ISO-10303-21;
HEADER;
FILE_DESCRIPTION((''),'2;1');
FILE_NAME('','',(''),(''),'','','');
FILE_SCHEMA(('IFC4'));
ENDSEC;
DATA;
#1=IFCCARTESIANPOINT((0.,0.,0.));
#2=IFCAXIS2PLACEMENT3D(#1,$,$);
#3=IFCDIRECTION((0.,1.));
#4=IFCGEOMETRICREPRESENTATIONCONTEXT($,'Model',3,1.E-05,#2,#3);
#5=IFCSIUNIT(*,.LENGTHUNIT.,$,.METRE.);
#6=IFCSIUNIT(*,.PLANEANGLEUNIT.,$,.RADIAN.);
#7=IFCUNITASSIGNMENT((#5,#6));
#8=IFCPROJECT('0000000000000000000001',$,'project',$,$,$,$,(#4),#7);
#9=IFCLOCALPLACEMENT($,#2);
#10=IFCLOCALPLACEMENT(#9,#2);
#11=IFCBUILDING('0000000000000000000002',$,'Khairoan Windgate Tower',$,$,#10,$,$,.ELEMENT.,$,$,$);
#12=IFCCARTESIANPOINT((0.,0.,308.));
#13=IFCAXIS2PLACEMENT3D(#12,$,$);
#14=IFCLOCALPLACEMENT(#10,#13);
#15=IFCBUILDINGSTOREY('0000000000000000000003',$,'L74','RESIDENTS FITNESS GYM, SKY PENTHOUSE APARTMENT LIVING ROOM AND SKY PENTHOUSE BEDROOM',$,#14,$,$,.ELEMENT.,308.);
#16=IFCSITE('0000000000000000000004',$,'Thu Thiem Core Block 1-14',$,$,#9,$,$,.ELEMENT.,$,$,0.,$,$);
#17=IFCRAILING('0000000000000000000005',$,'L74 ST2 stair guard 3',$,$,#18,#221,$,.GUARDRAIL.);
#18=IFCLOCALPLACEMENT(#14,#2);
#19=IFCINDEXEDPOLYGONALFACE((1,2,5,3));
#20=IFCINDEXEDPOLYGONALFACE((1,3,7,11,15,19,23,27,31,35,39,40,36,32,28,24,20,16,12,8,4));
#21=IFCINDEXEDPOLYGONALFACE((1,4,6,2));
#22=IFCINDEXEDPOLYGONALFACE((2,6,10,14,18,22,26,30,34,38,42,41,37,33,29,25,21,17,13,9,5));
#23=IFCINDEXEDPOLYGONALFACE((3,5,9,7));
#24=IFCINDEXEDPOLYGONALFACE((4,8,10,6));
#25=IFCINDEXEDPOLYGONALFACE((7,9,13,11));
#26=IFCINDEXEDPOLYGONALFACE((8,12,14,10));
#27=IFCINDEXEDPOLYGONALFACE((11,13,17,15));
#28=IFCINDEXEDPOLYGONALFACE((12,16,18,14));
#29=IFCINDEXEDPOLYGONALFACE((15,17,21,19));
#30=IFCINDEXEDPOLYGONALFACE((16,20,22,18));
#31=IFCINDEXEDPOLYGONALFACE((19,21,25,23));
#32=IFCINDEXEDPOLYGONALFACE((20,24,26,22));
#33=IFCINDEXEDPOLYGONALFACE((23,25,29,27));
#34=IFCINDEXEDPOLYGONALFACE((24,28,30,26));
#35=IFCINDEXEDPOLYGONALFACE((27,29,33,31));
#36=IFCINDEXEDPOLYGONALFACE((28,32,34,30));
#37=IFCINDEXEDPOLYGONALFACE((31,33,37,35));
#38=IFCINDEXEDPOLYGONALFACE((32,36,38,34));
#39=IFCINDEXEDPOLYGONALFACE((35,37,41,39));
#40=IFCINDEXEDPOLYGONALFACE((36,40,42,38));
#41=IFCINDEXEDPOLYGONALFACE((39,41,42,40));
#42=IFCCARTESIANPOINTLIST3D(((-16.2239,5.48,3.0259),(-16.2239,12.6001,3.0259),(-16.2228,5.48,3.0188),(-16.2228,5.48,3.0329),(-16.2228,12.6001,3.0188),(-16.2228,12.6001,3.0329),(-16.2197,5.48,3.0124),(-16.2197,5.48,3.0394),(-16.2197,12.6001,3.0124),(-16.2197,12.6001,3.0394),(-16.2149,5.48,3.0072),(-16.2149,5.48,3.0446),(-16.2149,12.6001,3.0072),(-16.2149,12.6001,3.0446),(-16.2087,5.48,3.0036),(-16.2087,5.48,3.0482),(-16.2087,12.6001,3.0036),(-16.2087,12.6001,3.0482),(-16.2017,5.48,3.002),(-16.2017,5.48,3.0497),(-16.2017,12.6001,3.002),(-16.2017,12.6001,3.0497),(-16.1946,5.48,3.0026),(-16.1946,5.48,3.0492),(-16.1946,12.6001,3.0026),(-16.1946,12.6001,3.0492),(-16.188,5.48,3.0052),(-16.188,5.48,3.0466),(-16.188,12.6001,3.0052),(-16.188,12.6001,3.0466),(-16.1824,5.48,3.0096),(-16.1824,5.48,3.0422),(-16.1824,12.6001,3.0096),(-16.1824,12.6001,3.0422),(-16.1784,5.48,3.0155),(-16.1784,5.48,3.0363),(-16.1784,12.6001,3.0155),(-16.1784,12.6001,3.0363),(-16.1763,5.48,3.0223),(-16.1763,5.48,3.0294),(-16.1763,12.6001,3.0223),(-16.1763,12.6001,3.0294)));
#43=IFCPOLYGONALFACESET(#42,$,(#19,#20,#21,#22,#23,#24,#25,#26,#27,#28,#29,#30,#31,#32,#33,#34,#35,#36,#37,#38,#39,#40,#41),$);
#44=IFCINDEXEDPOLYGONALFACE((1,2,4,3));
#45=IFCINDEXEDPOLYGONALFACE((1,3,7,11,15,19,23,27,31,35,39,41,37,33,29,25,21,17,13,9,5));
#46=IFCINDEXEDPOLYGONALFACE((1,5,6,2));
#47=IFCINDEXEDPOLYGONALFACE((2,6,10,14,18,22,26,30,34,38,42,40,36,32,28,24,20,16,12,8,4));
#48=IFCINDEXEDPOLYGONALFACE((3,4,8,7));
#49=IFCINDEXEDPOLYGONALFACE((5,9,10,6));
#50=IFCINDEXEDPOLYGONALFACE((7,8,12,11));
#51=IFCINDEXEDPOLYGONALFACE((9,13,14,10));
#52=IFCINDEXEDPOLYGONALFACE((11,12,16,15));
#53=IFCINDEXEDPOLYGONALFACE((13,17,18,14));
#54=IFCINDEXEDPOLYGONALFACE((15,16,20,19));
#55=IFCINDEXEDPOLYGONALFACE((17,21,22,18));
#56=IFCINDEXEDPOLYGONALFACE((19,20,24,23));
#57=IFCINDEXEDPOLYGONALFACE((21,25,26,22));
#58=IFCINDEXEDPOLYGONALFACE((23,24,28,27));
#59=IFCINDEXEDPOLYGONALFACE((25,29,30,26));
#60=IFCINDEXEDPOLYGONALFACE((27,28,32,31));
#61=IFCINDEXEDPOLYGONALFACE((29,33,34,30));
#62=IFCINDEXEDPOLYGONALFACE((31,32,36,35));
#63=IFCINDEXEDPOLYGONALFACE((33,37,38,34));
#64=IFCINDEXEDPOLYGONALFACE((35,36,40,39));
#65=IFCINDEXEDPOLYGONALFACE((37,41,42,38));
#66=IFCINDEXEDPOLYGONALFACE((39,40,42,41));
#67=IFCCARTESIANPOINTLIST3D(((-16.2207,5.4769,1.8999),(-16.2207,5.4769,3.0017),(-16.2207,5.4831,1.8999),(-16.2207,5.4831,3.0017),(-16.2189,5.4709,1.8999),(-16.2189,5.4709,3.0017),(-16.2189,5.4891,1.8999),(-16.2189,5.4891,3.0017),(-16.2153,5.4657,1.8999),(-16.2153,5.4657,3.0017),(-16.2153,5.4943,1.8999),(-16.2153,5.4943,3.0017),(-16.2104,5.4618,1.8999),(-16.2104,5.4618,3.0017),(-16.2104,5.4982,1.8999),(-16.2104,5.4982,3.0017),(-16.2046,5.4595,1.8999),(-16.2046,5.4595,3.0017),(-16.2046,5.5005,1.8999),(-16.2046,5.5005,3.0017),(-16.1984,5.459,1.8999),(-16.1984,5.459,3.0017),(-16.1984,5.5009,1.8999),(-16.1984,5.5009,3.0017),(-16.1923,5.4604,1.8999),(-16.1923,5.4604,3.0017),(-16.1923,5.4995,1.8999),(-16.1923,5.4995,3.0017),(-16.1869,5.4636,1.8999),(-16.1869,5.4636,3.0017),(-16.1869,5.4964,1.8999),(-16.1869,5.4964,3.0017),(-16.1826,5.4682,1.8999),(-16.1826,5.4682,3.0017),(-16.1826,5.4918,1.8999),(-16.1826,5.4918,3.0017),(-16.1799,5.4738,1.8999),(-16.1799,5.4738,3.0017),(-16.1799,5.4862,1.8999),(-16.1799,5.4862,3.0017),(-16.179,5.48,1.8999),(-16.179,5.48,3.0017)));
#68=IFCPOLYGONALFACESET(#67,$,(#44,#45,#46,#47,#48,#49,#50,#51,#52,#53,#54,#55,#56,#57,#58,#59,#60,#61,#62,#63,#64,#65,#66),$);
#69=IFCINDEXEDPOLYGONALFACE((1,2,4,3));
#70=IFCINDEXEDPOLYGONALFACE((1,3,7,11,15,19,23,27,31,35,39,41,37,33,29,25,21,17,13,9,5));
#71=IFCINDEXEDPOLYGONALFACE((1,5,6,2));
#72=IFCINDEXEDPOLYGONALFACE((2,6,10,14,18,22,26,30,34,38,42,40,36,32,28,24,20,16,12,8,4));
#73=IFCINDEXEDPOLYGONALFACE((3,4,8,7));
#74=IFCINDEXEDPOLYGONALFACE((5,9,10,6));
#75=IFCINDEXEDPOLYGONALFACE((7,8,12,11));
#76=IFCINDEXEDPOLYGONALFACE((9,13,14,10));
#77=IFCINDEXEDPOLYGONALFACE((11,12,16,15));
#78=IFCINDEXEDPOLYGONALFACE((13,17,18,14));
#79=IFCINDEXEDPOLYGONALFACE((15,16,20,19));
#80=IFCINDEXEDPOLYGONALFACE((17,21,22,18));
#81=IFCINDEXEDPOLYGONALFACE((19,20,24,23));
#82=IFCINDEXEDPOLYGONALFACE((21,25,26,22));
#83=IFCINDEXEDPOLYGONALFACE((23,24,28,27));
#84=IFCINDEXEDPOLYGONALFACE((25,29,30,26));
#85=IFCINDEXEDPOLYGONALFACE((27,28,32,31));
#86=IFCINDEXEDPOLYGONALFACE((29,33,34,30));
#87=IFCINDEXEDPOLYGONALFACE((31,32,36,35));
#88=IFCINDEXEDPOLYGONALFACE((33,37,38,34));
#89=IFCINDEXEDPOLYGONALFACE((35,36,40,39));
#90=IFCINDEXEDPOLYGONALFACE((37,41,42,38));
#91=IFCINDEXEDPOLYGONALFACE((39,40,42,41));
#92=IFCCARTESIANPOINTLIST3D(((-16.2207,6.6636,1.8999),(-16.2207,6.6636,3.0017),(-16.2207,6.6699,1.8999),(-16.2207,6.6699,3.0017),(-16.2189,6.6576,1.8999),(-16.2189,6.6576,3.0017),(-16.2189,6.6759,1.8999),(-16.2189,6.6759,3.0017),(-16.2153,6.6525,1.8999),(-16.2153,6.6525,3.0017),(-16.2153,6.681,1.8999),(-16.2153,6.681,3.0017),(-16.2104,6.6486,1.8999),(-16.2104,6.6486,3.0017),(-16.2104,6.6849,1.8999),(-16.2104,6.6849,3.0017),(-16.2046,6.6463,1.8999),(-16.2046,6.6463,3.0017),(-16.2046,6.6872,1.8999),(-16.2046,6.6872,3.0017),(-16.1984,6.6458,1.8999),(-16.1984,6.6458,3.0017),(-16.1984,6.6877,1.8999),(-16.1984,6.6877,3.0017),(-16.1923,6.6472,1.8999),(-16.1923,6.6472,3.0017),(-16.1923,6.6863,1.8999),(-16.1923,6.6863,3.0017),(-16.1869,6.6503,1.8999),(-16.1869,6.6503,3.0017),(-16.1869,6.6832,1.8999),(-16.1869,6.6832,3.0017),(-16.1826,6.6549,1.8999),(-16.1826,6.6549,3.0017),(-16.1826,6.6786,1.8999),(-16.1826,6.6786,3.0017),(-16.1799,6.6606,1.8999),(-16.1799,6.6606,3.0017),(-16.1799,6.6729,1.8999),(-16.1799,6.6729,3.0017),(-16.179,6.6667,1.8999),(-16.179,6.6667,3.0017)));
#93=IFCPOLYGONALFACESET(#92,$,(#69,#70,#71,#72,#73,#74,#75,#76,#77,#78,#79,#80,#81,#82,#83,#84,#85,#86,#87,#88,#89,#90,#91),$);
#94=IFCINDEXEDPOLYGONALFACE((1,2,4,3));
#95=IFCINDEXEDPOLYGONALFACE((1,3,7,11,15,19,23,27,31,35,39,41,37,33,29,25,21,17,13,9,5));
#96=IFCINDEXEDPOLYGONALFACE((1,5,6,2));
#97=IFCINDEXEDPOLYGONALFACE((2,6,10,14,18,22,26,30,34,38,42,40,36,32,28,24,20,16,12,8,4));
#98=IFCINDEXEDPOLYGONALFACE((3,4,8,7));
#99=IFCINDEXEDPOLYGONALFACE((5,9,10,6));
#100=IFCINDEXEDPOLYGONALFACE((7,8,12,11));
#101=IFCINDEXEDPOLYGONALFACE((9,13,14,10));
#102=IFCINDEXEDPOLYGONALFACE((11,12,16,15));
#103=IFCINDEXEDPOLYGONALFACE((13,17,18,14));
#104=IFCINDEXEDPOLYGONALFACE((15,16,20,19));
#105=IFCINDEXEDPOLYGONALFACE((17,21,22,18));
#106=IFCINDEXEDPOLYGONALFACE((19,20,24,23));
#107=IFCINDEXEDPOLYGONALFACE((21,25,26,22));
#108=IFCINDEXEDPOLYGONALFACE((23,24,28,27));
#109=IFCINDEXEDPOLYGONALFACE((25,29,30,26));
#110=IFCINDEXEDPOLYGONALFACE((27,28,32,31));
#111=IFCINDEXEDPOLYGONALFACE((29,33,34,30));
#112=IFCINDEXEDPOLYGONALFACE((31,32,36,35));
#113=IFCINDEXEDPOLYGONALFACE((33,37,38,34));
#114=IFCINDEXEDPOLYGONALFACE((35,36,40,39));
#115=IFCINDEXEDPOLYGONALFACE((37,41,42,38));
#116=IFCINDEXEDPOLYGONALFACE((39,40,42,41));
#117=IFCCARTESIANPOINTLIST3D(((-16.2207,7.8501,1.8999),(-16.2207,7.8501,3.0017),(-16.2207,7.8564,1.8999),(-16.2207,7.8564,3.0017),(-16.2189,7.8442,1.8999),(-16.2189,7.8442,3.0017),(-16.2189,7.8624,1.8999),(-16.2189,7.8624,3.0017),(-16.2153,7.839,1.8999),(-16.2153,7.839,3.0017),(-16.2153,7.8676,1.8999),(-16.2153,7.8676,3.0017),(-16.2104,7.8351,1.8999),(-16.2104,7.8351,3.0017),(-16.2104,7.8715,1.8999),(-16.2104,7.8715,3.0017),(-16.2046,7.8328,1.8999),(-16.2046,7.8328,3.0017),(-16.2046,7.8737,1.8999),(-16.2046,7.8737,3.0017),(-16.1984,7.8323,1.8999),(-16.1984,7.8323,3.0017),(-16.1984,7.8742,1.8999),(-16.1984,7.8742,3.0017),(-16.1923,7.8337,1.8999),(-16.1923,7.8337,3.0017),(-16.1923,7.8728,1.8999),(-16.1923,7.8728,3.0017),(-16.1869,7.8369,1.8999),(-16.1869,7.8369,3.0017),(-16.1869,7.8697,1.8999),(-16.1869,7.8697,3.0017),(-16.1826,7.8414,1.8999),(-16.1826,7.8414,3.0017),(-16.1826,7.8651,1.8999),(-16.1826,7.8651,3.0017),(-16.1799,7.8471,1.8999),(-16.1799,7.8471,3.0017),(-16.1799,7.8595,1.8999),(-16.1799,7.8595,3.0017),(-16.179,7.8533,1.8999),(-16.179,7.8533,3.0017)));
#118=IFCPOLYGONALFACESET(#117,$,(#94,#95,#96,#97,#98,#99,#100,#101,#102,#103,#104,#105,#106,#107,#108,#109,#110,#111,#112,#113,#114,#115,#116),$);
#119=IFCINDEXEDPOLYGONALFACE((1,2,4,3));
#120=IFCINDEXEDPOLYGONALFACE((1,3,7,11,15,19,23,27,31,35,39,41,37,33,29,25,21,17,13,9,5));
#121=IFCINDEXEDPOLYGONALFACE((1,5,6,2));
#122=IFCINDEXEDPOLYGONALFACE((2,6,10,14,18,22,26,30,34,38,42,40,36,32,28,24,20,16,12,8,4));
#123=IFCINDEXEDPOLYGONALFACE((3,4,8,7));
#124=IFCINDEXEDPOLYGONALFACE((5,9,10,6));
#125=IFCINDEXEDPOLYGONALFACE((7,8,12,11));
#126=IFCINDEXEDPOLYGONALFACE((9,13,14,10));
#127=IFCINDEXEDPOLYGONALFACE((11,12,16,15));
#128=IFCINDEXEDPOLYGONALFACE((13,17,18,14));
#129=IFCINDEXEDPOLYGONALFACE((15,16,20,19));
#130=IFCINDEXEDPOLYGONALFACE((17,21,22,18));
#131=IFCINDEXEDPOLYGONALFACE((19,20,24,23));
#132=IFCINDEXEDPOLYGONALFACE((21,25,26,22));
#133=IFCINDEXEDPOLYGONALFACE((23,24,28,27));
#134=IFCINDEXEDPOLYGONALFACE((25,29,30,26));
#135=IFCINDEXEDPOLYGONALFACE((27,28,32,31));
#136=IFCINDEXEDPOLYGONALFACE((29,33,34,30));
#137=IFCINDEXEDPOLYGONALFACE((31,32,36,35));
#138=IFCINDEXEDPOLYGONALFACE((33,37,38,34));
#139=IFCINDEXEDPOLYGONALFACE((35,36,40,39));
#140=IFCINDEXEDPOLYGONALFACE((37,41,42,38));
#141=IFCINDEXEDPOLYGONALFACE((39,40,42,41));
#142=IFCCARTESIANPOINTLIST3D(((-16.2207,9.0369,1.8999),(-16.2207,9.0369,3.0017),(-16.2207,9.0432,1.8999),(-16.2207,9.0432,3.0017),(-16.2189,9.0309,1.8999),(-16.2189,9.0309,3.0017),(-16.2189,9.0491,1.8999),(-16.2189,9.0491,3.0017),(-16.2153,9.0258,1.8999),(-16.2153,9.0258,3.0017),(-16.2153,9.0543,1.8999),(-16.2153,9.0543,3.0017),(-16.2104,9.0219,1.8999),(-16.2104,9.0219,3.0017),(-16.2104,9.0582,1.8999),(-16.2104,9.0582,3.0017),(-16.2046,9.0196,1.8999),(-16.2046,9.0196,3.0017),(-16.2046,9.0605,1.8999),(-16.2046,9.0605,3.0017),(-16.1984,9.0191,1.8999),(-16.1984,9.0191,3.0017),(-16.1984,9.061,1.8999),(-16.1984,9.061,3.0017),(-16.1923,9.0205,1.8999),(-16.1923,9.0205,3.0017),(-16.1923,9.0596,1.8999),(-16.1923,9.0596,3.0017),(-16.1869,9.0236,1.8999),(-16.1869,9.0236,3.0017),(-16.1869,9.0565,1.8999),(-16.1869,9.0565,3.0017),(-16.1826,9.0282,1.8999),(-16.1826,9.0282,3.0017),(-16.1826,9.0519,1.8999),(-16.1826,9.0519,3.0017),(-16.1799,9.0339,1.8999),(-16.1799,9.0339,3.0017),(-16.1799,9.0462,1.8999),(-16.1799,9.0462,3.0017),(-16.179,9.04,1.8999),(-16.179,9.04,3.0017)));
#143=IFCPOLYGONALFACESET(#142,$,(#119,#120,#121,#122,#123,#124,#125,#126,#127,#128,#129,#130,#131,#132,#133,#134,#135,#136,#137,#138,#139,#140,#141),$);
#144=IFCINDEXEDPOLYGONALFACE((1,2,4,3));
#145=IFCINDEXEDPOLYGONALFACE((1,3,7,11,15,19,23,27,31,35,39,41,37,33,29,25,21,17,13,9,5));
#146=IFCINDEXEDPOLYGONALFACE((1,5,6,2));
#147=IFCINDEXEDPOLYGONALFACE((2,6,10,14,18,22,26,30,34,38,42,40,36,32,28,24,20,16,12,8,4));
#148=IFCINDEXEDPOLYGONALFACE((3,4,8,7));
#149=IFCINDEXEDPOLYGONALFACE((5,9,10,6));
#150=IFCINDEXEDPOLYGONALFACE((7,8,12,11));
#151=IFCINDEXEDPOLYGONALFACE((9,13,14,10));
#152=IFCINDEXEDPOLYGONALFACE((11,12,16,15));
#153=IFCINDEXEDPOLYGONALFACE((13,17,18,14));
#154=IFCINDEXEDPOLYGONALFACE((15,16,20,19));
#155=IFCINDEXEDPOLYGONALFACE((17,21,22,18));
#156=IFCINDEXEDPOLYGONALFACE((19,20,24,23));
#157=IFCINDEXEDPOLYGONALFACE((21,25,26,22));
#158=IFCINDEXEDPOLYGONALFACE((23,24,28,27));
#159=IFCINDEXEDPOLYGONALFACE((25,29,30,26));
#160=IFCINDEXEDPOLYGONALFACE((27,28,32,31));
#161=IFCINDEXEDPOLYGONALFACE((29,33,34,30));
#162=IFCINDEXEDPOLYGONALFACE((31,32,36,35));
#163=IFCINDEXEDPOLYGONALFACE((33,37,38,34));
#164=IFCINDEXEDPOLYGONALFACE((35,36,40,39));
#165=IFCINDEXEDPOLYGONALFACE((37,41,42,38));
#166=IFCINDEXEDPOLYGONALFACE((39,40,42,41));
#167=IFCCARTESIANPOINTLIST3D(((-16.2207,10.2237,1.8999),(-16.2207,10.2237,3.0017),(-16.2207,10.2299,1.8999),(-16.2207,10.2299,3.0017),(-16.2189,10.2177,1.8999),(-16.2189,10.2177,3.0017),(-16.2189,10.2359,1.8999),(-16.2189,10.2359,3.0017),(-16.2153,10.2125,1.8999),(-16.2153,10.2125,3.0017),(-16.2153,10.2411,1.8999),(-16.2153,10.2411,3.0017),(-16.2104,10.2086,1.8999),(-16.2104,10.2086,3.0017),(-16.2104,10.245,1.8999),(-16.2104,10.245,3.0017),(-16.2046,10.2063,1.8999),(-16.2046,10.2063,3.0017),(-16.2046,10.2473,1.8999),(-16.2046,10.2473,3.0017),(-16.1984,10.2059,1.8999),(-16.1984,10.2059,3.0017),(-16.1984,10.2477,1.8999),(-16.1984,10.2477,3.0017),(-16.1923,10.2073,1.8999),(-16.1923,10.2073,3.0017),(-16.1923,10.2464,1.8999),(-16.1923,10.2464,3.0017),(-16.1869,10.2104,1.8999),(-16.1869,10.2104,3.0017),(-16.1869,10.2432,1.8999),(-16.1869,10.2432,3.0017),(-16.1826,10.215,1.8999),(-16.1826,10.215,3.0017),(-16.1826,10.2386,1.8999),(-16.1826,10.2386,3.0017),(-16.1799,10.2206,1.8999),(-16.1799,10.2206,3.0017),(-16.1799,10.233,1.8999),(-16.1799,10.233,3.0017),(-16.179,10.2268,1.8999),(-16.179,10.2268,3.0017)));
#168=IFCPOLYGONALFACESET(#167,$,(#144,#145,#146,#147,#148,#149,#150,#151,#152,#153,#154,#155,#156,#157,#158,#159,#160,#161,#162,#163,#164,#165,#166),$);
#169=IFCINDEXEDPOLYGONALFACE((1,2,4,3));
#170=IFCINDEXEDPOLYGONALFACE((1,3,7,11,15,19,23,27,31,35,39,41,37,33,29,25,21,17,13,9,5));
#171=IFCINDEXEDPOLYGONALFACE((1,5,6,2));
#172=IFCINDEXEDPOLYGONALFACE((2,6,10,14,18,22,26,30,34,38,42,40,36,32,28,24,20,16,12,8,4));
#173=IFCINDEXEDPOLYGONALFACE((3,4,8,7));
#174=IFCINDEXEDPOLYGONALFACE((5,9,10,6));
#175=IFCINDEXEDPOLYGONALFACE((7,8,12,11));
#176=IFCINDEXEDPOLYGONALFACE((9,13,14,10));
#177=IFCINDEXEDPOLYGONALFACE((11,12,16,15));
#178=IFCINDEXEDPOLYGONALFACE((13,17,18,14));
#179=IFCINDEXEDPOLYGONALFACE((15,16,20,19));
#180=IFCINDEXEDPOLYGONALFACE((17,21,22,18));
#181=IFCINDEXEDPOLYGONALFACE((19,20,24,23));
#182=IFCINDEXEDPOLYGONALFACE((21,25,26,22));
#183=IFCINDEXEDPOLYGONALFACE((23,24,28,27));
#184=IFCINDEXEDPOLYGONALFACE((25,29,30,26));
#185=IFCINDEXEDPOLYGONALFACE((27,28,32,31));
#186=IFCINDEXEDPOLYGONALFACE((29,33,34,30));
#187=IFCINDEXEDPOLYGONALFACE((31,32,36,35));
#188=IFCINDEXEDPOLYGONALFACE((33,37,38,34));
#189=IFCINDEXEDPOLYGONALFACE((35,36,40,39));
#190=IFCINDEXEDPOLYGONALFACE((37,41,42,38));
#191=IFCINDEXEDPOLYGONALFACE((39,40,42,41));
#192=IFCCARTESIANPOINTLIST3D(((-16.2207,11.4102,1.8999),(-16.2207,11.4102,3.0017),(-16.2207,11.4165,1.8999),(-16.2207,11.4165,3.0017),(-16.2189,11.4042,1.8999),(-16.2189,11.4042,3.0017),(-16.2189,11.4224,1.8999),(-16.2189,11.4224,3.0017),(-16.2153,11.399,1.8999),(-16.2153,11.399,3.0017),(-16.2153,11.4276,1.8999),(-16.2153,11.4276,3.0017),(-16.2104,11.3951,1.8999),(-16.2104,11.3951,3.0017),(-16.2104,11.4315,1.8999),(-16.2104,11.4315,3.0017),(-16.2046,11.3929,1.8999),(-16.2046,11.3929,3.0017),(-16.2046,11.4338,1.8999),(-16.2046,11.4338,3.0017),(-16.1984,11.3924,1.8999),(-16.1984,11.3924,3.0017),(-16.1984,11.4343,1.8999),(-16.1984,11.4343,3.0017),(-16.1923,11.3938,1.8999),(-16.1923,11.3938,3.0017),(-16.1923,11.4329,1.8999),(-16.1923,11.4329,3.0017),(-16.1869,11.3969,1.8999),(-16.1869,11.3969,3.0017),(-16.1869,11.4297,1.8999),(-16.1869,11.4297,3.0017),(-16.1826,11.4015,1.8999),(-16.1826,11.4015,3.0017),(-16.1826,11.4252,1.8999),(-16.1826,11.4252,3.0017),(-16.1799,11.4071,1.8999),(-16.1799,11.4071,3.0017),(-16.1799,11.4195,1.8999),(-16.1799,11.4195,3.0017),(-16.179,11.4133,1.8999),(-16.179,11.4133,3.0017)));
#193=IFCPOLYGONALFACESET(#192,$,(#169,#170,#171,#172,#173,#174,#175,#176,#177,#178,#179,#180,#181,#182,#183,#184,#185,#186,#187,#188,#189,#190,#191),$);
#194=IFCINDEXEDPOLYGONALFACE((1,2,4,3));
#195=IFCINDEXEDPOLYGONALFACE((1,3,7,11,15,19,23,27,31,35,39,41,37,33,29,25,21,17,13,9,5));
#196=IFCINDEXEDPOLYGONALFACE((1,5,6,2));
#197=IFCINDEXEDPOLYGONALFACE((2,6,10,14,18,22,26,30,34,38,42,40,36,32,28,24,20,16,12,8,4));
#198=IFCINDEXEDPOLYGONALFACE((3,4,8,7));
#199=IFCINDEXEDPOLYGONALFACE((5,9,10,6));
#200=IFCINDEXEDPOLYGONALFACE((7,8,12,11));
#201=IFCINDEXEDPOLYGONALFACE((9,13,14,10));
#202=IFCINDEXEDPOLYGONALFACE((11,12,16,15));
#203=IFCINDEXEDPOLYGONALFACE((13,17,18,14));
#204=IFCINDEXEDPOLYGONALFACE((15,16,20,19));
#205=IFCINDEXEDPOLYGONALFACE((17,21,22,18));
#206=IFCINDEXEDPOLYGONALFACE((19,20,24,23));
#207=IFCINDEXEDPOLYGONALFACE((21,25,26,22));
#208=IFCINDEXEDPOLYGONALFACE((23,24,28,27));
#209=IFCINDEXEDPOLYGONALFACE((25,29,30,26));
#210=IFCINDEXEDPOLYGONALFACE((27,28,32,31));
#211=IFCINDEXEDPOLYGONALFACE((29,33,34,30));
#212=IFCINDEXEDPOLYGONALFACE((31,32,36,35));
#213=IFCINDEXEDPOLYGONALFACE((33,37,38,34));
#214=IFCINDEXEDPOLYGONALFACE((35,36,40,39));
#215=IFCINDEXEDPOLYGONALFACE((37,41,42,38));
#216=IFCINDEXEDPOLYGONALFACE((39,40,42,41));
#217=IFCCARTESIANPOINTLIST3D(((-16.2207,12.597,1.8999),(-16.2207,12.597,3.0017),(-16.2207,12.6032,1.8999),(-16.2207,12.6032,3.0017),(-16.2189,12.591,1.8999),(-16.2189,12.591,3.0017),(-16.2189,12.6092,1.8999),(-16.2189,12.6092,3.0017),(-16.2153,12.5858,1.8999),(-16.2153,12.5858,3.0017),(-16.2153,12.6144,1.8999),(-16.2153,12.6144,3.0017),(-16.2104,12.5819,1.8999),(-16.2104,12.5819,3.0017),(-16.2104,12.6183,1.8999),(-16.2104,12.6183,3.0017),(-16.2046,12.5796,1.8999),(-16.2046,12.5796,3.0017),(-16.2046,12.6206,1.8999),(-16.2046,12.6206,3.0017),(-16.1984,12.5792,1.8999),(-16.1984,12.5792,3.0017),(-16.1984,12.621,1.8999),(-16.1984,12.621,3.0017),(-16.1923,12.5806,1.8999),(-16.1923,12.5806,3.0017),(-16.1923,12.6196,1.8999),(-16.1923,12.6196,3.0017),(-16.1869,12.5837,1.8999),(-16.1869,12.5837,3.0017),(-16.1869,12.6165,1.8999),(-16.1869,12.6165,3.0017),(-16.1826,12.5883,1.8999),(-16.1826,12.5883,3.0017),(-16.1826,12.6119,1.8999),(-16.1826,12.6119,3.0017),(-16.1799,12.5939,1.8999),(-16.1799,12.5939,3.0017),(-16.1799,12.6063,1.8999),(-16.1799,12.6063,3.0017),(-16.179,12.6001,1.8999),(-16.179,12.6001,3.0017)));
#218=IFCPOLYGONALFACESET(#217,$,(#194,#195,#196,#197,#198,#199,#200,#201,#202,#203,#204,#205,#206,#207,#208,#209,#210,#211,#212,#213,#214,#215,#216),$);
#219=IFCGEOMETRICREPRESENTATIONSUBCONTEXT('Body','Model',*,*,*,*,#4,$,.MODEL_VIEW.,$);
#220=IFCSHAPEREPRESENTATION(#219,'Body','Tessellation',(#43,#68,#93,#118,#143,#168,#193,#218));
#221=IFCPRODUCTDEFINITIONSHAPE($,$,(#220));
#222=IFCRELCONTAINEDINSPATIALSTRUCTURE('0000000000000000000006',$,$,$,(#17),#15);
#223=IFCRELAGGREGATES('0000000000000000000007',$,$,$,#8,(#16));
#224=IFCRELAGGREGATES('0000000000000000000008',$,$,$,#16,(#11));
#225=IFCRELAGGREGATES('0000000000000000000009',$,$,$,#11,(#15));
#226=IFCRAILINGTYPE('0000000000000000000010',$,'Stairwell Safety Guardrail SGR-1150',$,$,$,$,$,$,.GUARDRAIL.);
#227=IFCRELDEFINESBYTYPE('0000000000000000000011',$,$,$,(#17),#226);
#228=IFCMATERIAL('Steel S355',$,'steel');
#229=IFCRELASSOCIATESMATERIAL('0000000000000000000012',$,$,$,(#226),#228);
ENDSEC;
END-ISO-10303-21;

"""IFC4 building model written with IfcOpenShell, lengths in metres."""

from ifc_helpers import new_model, si_unit, direction, frame, origin, origin_2d, place, context, subcontext, project, spatial, circle, extrude, material, type_object, element, save


model = new_model("IFC4")

# Units and contexts
model_context = context("Model", 3, precision=1e-05, world=origin(), true_north=direction((0.0, 1.0)))
body_context = subcontext(model_context, "Body", "Model", "MODEL_VIEW")
ifc_project = project(units=[si_unit("LENGTHUNIT", "METRE"), si_unit("PLANEANGLEUNIT", "RADIAN")], contexts=[model_context])

# Site, building, storey
site_placement = place(None, origin())
site = spatial("IfcSite", under=ifc_project, at=site_placement, Name="Thu Thiem Core Block 1-14", CompositionType="ELEMENT", RefElevation=0.0)
building_placement = place(site_placement, origin())
building = spatial("IfcBuilding", under=site, at=building_placement, Name="Khairoan Windgate Tower", CompositionType="ELEMENT")
storey_placement = place(building_placement, frame((0.0, 0.0, 308.0)))
storey = spatial("IfcBuildingStorey", under=building, at=storey_placement, Name="L74", Description="RESIDENTS FITNESS GYM, SKY PENTHOUSE APARTMENT LIVING ROOM AND SKY PENTHOUSE BEDROOM", CompositionType="ELEMENT", Elevation=308.0)

# Railing
ifc_material_1 = material(Name="Steel S355", Category="steel")
railing_type_1 = type_object("IfcRailingType", Name="Stairwell Safety Guardrail SGR-1150", PredefinedType="GUARDRAIL", material=ifc_material_1)
railing_1_placement = place(storey_placement, frame((-16.2, 5.48, 1.8999)))
element("IfcRailing", 1, at=railing_1_placement, inside=storey, type_object=railing_type_1, Name="L74 ST2 stair guard 3", PredefinedType="GUARDRAIL", context=body_context, shape_type="SweptSolid", body=[
    extrude(circle(Radius=0.0239, at=origin_2d()), frame((0.0, 0.0, 1.126), z_axis=(0.0, 1.0, 0.0), x_axis=(-1.0, 0.0, 0.0)), (0.0, 0.0, 1.0), 7.1201),
    extrude(circle(Radius=0.021, at=origin_2d()), origin(), (0.0, 0.0, 1.0), 1.1018),
    extrude(circle(Radius=0.021, at=origin_2d()), frame((0.0, 1.1868, 0.0)), (0.0, 0.0, 1.0), 1.1018),
    extrude(circle(Radius=0.021, at=origin_2d()), frame((0.0, 2.3733, 0.0)), (0.0, 0.0, 1.0), 1.1018),
    extrude(circle(Radius=0.021, at=origin_2d()), frame((0.0, 3.5601, 0.0)), (0.0, 0.0, 1.0), 1.1018),
    extrude(circle(Radius=0.021, at=origin_2d()), frame((0.0, 4.7468, 0.0)), (0.0, 0.0, 1.0), 1.1018),
    extrude(circle(Radius=0.021, at=origin_2d()), frame((0.0, 5.9333, 0.0)), (0.0, 0.0, 1.0), 1.1018),
    extrude(circle(Radius=0.021, at=origin_2d()), frame((0.0, 7.1201, 0.0)), (0.0, 0.0, 1.0), 1.1018),
])

save(model, "model.ifc")
